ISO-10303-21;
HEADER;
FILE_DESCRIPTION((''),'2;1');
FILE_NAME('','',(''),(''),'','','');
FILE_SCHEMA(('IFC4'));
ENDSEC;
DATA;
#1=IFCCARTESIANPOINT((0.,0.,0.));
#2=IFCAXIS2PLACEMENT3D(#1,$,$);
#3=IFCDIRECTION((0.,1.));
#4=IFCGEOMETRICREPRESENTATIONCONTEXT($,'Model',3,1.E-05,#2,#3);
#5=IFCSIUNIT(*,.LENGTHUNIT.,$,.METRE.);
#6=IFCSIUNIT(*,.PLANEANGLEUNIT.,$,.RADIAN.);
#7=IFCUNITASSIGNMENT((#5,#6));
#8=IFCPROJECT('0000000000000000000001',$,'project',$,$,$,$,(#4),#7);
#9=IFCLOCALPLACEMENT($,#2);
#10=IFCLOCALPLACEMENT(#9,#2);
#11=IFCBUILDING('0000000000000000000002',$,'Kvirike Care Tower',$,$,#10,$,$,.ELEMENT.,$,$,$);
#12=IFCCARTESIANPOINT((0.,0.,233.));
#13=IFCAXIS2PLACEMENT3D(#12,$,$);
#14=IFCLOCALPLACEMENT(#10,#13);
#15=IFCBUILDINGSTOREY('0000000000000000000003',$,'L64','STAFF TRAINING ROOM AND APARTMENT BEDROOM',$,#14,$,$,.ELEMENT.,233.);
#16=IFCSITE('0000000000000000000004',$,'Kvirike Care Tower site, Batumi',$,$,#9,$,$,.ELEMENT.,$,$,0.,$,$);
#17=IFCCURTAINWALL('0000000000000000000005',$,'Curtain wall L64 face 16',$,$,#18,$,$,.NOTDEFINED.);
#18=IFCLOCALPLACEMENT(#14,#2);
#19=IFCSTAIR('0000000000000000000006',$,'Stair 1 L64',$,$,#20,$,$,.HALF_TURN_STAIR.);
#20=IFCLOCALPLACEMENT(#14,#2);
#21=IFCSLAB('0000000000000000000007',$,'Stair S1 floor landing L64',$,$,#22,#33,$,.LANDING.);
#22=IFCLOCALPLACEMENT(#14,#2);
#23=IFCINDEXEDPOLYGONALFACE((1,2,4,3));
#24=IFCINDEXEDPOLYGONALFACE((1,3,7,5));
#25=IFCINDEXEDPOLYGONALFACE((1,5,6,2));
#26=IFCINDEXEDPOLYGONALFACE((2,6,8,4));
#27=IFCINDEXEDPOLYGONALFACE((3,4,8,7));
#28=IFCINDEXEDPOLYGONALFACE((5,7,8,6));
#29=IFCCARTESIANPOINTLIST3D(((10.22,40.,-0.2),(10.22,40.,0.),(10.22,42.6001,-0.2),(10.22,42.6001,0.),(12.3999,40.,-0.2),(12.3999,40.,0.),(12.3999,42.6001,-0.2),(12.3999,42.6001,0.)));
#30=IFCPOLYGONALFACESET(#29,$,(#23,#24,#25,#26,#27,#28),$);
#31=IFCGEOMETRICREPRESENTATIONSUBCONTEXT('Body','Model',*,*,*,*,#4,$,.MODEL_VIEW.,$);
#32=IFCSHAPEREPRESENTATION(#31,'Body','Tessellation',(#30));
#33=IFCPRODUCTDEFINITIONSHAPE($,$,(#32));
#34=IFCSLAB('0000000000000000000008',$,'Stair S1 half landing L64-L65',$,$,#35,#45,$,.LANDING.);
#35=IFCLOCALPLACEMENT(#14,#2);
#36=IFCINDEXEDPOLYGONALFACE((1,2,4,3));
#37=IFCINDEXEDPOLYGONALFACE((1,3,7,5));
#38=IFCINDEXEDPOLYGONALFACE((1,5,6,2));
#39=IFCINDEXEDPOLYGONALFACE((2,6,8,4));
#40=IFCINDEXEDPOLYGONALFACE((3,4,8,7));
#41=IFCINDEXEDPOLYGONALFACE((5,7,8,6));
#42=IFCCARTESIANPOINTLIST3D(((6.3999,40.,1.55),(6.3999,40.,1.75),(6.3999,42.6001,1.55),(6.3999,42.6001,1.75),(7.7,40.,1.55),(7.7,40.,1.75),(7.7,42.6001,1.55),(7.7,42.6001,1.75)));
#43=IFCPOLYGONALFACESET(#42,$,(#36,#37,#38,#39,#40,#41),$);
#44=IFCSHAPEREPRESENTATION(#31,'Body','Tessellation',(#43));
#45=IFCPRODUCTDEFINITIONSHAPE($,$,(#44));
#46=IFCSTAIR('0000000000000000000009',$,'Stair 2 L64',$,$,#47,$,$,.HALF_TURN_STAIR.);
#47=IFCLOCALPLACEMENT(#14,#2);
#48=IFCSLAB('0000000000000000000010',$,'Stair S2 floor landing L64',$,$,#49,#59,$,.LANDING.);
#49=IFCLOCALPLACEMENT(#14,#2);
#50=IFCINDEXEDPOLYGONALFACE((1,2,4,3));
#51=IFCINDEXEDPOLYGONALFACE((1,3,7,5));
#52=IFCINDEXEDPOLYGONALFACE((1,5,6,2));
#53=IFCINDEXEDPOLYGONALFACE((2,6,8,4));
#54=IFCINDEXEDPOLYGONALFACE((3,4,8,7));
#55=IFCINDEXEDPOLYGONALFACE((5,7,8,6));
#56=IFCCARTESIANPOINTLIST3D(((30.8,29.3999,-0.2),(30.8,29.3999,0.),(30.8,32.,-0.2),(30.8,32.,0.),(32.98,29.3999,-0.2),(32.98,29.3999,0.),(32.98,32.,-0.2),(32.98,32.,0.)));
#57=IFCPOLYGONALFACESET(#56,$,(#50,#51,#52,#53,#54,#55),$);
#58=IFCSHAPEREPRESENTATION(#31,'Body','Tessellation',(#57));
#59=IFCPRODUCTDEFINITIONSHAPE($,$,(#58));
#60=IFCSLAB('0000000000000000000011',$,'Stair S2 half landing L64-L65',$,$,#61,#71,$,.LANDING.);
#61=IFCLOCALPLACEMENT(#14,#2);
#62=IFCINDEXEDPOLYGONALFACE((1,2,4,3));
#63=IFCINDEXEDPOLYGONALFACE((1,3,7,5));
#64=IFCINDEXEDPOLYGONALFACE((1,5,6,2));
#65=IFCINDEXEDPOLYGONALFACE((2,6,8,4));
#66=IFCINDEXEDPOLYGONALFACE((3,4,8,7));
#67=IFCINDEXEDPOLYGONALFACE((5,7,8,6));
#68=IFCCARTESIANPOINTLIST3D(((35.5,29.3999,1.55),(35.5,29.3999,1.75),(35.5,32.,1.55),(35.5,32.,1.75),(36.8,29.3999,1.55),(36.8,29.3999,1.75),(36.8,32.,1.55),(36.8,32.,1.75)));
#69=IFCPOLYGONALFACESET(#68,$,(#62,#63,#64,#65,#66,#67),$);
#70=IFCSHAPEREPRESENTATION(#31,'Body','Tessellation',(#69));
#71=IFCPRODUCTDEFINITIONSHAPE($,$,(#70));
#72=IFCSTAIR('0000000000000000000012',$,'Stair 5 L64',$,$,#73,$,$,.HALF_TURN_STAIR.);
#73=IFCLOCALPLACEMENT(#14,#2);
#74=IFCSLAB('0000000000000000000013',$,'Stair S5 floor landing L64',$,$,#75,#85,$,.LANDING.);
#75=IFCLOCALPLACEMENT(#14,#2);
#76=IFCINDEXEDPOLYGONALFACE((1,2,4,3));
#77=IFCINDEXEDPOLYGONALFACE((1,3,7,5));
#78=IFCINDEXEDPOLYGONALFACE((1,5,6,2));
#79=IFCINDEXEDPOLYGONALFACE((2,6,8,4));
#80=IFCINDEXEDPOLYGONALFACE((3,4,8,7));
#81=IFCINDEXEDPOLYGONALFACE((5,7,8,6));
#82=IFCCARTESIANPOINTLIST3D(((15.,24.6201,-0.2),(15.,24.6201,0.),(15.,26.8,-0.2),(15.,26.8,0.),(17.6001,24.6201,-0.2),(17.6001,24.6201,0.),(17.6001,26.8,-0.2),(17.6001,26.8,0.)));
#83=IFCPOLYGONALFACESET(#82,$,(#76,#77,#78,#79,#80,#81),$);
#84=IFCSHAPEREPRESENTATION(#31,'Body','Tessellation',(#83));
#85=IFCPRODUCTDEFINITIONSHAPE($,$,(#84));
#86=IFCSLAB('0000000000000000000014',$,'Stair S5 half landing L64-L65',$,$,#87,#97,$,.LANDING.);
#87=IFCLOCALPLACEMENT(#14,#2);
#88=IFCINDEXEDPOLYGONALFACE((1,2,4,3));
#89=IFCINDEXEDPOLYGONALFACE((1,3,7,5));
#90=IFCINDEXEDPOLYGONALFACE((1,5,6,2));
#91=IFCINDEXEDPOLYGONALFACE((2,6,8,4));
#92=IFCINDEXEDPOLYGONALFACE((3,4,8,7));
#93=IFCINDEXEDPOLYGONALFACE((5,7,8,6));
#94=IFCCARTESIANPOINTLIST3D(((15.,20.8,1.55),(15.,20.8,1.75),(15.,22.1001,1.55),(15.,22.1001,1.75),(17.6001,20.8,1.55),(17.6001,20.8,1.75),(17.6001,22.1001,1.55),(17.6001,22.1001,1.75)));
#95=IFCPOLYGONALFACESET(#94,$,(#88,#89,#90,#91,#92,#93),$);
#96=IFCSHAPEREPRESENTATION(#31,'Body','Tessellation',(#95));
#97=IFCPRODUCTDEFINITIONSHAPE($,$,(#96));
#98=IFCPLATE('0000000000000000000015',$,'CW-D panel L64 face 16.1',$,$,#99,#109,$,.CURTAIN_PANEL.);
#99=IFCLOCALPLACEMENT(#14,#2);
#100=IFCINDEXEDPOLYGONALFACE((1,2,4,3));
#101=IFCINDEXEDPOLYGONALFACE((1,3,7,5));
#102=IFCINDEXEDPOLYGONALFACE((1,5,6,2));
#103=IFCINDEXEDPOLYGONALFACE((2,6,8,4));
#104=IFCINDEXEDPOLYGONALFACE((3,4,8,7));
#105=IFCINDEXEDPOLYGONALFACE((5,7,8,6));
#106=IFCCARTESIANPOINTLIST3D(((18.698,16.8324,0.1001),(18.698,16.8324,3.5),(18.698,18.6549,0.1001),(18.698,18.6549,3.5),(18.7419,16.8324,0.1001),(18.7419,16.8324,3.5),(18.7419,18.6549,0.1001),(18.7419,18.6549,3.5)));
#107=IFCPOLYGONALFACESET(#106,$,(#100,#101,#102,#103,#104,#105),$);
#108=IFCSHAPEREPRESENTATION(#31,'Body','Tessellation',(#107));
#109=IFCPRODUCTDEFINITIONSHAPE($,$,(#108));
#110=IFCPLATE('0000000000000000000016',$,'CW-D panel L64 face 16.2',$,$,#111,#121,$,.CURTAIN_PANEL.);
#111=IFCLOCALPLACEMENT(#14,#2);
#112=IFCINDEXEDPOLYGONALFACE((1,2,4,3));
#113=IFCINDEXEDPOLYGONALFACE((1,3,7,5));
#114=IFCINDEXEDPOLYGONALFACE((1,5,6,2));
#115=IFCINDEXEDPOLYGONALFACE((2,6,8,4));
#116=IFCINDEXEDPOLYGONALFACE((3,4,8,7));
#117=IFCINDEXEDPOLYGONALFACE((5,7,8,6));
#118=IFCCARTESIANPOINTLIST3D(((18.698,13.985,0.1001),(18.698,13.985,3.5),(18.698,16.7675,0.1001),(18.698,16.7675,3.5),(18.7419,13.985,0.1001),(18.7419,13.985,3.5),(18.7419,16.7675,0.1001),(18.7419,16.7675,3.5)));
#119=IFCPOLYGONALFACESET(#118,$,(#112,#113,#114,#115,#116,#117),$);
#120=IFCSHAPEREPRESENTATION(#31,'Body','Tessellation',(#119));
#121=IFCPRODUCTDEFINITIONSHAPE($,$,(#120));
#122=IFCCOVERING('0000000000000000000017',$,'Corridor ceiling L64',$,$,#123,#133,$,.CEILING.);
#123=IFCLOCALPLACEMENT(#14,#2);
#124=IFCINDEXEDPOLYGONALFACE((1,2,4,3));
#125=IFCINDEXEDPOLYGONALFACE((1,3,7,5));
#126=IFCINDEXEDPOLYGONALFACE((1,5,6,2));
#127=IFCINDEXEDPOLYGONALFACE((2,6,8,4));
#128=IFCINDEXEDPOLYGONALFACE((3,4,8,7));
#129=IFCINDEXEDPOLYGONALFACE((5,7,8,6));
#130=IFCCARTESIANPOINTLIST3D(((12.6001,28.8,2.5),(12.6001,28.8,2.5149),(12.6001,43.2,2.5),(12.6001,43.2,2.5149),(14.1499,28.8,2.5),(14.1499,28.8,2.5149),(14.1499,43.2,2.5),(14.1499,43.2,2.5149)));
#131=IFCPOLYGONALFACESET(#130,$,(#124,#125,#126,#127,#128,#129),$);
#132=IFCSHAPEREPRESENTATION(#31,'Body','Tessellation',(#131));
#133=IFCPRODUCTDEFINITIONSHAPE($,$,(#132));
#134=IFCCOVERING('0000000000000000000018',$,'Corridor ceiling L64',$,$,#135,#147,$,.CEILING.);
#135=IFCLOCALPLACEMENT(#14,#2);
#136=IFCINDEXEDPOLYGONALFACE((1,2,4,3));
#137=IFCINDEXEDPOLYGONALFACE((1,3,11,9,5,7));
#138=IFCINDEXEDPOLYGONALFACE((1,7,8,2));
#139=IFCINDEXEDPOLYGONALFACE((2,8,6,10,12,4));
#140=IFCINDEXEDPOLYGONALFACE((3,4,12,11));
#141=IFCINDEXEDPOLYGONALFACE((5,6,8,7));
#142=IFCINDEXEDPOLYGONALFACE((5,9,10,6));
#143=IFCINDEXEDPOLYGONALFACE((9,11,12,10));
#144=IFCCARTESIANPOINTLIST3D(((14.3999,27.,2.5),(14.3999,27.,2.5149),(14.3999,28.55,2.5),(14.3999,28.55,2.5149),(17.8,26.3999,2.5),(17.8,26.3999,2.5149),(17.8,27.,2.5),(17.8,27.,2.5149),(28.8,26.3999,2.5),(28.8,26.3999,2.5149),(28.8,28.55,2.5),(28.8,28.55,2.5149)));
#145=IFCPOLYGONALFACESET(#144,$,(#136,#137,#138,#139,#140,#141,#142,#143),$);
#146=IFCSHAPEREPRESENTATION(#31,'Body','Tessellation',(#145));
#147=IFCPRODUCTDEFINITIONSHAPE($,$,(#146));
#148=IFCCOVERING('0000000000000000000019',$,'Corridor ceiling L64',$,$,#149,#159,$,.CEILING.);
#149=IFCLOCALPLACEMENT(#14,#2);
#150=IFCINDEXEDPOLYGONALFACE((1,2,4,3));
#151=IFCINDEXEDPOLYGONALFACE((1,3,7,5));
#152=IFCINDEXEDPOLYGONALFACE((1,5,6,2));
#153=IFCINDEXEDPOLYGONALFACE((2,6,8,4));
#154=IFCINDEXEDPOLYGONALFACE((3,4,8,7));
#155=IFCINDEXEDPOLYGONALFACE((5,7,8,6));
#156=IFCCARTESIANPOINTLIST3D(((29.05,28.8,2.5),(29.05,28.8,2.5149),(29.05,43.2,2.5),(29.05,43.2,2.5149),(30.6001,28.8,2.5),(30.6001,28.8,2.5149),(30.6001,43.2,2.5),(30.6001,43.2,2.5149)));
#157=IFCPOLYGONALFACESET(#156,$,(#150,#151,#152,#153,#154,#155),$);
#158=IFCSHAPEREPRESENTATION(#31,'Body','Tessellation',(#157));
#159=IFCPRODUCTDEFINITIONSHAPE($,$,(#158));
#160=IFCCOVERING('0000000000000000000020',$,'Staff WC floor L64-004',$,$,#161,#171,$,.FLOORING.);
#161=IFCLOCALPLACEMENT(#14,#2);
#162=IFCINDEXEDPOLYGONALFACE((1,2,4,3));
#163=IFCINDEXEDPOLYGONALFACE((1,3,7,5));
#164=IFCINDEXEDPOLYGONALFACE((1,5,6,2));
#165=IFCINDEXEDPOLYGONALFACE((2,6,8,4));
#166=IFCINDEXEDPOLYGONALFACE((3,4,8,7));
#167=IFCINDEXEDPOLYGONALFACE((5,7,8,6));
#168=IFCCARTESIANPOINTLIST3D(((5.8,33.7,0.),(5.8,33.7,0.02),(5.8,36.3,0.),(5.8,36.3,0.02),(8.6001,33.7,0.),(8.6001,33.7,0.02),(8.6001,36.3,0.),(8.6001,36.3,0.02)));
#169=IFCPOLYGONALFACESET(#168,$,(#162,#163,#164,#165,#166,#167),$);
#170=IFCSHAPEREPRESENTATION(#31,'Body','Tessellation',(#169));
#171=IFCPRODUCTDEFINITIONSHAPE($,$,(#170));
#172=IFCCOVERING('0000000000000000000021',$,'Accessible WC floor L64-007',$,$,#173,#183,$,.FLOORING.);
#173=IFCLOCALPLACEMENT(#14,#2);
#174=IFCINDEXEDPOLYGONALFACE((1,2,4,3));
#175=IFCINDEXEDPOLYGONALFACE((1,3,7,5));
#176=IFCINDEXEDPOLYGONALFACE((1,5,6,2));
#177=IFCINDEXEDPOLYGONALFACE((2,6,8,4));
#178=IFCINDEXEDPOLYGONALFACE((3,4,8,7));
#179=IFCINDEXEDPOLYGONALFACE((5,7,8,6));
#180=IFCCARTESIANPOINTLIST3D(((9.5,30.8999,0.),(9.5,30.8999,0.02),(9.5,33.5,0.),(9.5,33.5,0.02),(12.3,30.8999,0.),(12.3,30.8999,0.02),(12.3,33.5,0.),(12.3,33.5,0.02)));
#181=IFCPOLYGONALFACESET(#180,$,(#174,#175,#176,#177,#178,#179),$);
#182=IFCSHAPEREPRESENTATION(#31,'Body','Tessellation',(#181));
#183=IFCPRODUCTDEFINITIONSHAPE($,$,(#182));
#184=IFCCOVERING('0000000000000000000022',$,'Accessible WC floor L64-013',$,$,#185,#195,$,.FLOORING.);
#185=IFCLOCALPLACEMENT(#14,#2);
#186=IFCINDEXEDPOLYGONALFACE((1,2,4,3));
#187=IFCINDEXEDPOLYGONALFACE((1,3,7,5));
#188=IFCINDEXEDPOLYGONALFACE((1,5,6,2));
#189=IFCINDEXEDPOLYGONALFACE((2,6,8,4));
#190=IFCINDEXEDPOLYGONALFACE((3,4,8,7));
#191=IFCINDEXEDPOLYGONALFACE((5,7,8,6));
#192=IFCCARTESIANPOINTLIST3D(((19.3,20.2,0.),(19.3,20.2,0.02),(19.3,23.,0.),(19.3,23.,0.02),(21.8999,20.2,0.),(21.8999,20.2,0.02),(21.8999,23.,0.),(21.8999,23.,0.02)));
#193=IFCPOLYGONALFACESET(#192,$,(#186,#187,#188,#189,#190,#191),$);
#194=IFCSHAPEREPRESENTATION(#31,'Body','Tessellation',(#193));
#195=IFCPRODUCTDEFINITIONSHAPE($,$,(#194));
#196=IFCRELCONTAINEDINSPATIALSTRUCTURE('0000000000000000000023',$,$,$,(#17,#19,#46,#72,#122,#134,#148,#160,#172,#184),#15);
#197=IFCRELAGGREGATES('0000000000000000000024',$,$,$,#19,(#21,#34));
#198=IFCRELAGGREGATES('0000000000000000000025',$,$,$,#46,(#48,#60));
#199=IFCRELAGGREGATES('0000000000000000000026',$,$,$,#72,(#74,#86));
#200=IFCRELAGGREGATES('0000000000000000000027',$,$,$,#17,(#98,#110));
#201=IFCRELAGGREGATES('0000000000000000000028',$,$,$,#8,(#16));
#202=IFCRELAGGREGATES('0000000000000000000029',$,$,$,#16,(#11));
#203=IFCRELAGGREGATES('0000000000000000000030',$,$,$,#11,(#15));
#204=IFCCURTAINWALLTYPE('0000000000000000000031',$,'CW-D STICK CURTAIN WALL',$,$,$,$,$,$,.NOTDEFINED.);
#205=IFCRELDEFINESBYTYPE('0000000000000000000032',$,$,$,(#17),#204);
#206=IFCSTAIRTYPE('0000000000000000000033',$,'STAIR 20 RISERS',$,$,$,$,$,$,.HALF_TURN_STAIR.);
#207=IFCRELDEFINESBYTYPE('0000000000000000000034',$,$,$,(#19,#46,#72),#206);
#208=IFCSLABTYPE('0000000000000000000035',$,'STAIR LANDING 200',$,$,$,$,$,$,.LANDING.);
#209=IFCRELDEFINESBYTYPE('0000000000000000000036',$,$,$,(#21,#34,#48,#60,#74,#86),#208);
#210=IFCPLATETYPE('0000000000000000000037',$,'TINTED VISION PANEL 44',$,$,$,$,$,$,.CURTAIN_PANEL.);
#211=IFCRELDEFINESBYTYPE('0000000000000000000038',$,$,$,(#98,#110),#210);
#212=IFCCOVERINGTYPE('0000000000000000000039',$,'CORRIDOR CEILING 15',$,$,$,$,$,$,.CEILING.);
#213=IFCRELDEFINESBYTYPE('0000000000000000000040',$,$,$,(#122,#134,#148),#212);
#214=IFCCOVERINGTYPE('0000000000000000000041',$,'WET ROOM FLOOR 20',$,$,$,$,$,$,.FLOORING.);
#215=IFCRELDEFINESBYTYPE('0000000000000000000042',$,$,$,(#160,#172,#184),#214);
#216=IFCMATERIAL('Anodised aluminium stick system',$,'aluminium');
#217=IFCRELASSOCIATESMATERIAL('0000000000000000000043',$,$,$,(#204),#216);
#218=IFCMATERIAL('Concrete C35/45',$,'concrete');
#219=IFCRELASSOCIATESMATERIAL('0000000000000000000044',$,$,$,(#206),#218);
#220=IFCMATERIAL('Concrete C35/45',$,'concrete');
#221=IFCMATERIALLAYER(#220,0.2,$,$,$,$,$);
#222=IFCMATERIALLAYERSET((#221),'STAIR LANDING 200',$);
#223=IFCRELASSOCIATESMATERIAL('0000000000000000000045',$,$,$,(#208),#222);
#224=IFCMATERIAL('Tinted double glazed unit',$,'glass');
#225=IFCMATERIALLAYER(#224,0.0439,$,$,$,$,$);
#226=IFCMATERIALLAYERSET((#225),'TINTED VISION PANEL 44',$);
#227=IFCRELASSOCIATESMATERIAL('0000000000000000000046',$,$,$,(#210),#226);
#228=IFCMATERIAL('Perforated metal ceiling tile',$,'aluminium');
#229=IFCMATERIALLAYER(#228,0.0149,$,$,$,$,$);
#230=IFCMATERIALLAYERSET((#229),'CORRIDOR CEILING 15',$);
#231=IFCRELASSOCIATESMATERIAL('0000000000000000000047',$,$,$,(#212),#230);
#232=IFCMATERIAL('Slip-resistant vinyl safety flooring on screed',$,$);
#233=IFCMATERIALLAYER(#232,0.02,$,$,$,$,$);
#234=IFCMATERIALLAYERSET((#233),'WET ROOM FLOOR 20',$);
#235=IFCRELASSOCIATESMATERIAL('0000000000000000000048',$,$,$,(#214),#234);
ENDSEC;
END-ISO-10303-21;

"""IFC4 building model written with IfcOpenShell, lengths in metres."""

from ifc_helpers import new_model, si_unit, direction, frame, origin, origin_2d, place, context, subcontext, project, spatial, polyline, rectangle, outline, extrude, material, layer, layer_set, type_object, element, aggregate, save


model = new_model("IFC4")

# Units and contexts
model_context = context("Model", 3, precision=1e-05, world=origin(), true_north=direction((0.0, 1.0)))
body_context = subcontext(model_context, "Body", "Model", "MODEL_VIEW")
ifc_project = project(units=[si_unit("LENGTHUNIT", "METRE"), si_unit("PLANEANGLEUNIT", "RADIAN")], contexts=[model_context])

# Site, building, storey
site_placement = place(None, origin())
site = spatial("IfcSite", under=ifc_project, at=site_placement, Name="Kvirike Care Tower site, Batumi", CompositionType="ELEMENT", RefElevation=0.0)
building_placement = place(site_placement, origin())
building = spatial("IfcBuilding", under=site, at=building_placement, Name="Kvirike Care Tower", CompositionType="ELEMENT")
storey_placement = place(building_placement, frame((0.0, 0.0, 233.0)))
storey = spatial("IfcBuildingStorey", under=building, at=storey_placement, Name="L64", Description="STAFF TRAINING ROOM AND APARTMENT BEDROOM", CompositionType="ELEMENT", Elevation=233.0)

# Curtain wall
ifc_material_1 = material(Name="Anodised aluminium stick system", Category="aluminium")
curtain_wall_type = type_object("IfcCurtainWallType", Name="CW-D STICK CURTAIN WALL", PredefinedType="NOTDEFINED", material=ifc_material_1)
curtain_wall_1_placement = place(storey_placement, origin())
curtain_wall_1 = element("IfcCurtainWall", 1, at=curtain_wall_1_placement, inside=storey, type_object=curtain_wall_type, Name="Curtain wall L64 face 16", PredefinedType="NOTDEFINED")

# Stairs, slabs
ifc_material_2 = material(Name="Concrete C35/45", Category="concrete")
stair_type = type_object("IfcStairType", Name="STAIR 20 RISERS", PredefinedType="HALF_TURN_STAIR", material=ifc_material_2)
stair_1_placement = place(storey_placement, origin())
stair_1 = element("IfcStair", 2, at=stair_1_placement, inside=storey, type_object=stair_type, Name="Stair 1 L64", PredefinedType="HALF_TURN_STAIR")
ifc_material_3 = material(Name="Concrete C35/45", Category="concrete")
ifc_layer_1 = layer(ifc_material_3, 0.2)
ifc_layer_set_1 = layer_set([ifc_layer_1], Name="STAIR LANDING 200")
slab_type_1 = type_object("IfcSlabType", Name="STAIR LANDING 200", PredefinedType="LANDING", material=ifc_layer_set_1)
slab_1_placement = place(storey_placement, frame((0.0, 0.0, -0.2)))
slab_1 = element("IfcSlab", 3, at=slab_1_placement, type_object=slab_type_1, Name="Stair S1 floor landing L64", PredefinedType="LANDING", context=body_context, shape_type="SweptSolid", body=[
    extrude(outline(polyline([(10.22, 42.6001), (10.22, 40.0), (12.3999, 40.0), (12.3999, 42.6001), (10.22, 42.6001)])), origin(), (0.0, 0.0, 1.0), 0.2),
])
slab_2_placement = place(storey_placement, frame((0.0, 0.0, 1.55)))
slab_2 = element("IfcSlab", 4, at=slab_2_placement, type_object=slab_type_1, Name="Stair S1 half landing L64-L65", PredefinedType="LANDING", context=body_context, shape_type="SweptSolid", body=[
    extrude(outline(polyline([(6.3999, 42.6001), (6.3999, 40.0), (7.7, 40.0), (7.7, 42.6001), (6.3999, 42.6001)])), origin(), (0.0, 0.0, 1.0), 0.2),
])
aggregate(stair_1, [slab_1, slab_2])
stair_2_placement = place(storey_placement, origin())
stair_2 = element("IfcStair", 5, at=stair_2_placement, inside=storey, type_object=stair_type, Name="Stair 2 L64", PredefinedType="HALF_TURN_STAIR")
slab_3_placement = place(storey_placement, frame((0.0, 0.0, -0.2)))
slab_3 = element("IfcSlab", 6, at=slab_3_placement, type_object=slab_type_1, Name="Stair S2 floor landing L64", PredefinedType="LANDING", context=body_context, shape_type="SweptSolid", body=[
    extrude(outline(polyline([(32.98, 29.3999), (32.98, 32.0), (30.8, 32.0), (30.8, 29.3999), (32.98, 29.3999)])), origin(), (0.0, 0.0, 1.0), 0.2),
])
slab_4_placement = place(storey_placement, frame((0.0, 0.0, 1.55)))
slab_4 = element("IfcSlab", 7, at=slab_4_placement, type_object=slab_type_1, Name="Stair S2 half landing L64-L65", PredefinedType="LANDING", context=body_context, shape_type="SweptSolid", body=[
    extrude(outline(polyline([(36.8, 29.3999), (36.8, 32.0), (35.5, 32.0), (35.5, 29.3999), (36.8, 29.3999)])), origin(), (0.0, 0.0, 1.0), 0.2),
])
aggregate(stair_2, [slab_3, slab_4])
stair_3_placement = place(storey_placement, origin())
stair_3 = element("IfcStair", 8, at=stair_3_placement, inside=storey, type_object=stair_type, Name="Stair 5 L64", PredefinedType="HALF_TURN_STAIR")
slab_5_placement = place(storey_placement, frame((0.0, 0.0, -0.2)))
slab_5 = element("IfcSlab", 9, at=slab_5_placement, type_object=slab_type_1, Name="Stair S5 floor landing L64", PredefinedType="LANDING", context=body_context, shape_type="SweptSolid", body=[
    extrude(outline(polyline([(15.0, 24.6201), (17.6001, 24.6201), (17.6001, 26.8), (15.0, 26.8), (15.0, 24.6201)])), origin(), (0.0, 0.0, 1.0), 0.2),
])
slab_6_placement = place(storey_placement, frame((0.0, 0.0, 1.55)))
slab_6 = element("IfcSlab", 10, at=slab_6_placement, type_object=slab_type_1, Name="Stair S5 half landing L64-L65", PredefinedType="LANDING", context=body_context, shape_type="SweptSolid", body=[
    extrude(outline(polyline([(15.0, 20.8), (17.6001, 20.8), (17.6001, 22.1001), (15.0, 22.1001), (15.0, 20.8)])), origin(), (0.0, 0.0, 1.0), 0.2),
])
aggregate(stair_3, [slab_5, slab_6])

# Plates
ifc_material_4 = material(Name="Tinted double glazed unit", Category="glass")
ifc_layer_2 = layer(ifc_material_4, 0.0439)
ifc_layer_set_2 = layer_set([ifc_layer_2], Name="TINTED VISION PANEL 44")
plate_type = type_object("IfcPlateType", Name="TINTED VISION PANEL 44", PredefinedType="CURTAIN_PANEL", material=ifc_layer_set_2)
plate_1_placement = place(storey_placement, frame((18.72, 17.7437, 0.1001), z_axis=(0.0, 0.0, 1.0), x_axis=(0.0, -1.0, 0.0)))
plate_1 = element("IfcPlate", 11, at=plate_1_placement, type_object=plate_type, Name="CW-D panel L64 face 16.1", PredefinedType="CURTAIN_PANEL", context=body_context, shape_type="SweptSolid", body=[
    extrude(rectangle(XDim=1.8225, YDim=0.0439, at=origin_2d()), origin(), (0.0, 0.0, 1.0), 3.3999),
])
plate_2_placement = place(storey_placement, frame((18.72, 15.3762, 0.1001), z_axis=(0.0, 0.0, 1.0), x_axis=(0.0, -1.0, 0.0)))
plate_2 = element("IfcPlate", 12, at=plate_2_placement, type_object=plate_type, Name="CW-D panel L64 face 16.2", PredefinedType="CURTAIN_PANEL", context=body_context, shape_type="SweptSolid", body=[
    extrude(rectangle(XDim=2.7825, YDim=0.0439, at=origin_2d()), origin(), (0.0, 0.0, 1.0), 3.3999),
])
aggregate(curtain_wall_1, [plate_1, plate_2])

# Coverings
ifc_material_5 = material(Name="Perforated metal ceiling tile", Category="aluminium")
ifc_layer_3 = layer(ifc_material_5, 0.0149)
ifc_layer_set_3 = layer_set([ifc_layer_3], Name="CORRIDOR CEILING 15")
covering_type_1 = type_object("IfcCoveringType", Name="CORRIDOR CEILING 15", PredefinedType="CEILING", material=ifc_layer_set_3)
covering_1_placement = place(storey_placement, frame((0.0, 0.0, 2.5)))
element("IfcCovering", 13, at=covering_1_placement, inside=storey, type_object=covering_type_1, Name="Corridor ceiling L64", PredefinedType="CEILING", context=body_context, shape_type="SweptSolid", body=[
    extrude(outline(polyline([(12.6001, 43.2), (14.1499, 43.2), (14.1499, 28.8), (12.6001, 28.8), (12.6001, 43.2)])), origin(), (0.0, 0.0, 1.0), 0.0149),
])
covering_2_placement = place(storey_placement, frame((0.0, 0.0, 2.5)))
element("IfcCovering", 14, at=covering_2_placement, inside=storey, type_object=covering_type_1, Name="Corridor ceiling L64", PredefinedType="CEILING", context=body_context, shape_type="SweptSolid", body=[
    extrude(outline(polyline([(14.3999, 28.55), (28.8, 28.55), (28.8, 26.3999), (17.8, 26.3999), (17.8, 27.0), (14.3999, 27.0), (14.3999, 28.55)])), origin(), (0.0, 0.0, 1.0), 0.0149),
])
covering_3_placement = place(storey_placement, frame((0.0, 0.0, 2.5)))
element("IfcCovering", 15, at=covering_3_placement, inside=storey, type_object=covering_type_1, Name="Corridor ceiling L64", PredefinedType="CEILING", context=body_context, shape_type="SweptSolid", body=[
    extrude(outline(polyline([(30.6001, 28.8), (29.05, 28.8), (29.05, 43.2), (30.6001, 43.2), (30.6001, 28.8)])), origin(), (0.0, 0.0, 1.0), 0.0149),
])
ifc_material_6 = material(Name="Slip-resistant vinyl safety flooring on screed")
ifc_layer_4 = layer(ifc_material_6, 0.02)
ifc_layer_set_4 = layer_set([ifc_layer_4], Name="WET ROOM FLOOR 20")
covering_type_2 = type_object("IfcCoveringType", Name="WET ROOM FLOOR 20", PredefinedType="FLOORING", material=ifc_layer_set_4)
covering_4_placement = place(storey_placement, origin())
element("IfcCovering", 16, at=covering_4_placement, inside=storey, type_object=covering_type_2, Name="Staff WC floor L64-004", PredefinedType="FLOORING", context=body_context, shape_type="SweptSolid", body=[
    extrude(outline(polyline([(5.8, 36.3), (8.6001, 36.3), (8.6001, 33.7), (5.8, 33.7), (5.8, 36.3)])), origin(), (0.0, 0.0, 1.0), 0.02),
])
covering_5_placement = place(storey_placement, origin())
element("IfcCovering", 17, at=covering_5_placement, inside=storey, type_object=covering_type_2, Name="Accessible WC floor L64-007", PredefinedType="FLOORING", context=body_context, shape_type="SweptSolid", body=[
    extrude(outline(polyline([(9.5, 33.5), (12.3, 33.5), (12.3, 30.8999), (9.5, 30.8999), (9.5, 33.5)])), origin(), (0.0, 0.0, 1.0), 0.02),
])
covering_6_placement = place(storey_placement, origin())
element("IfcCovering", 18, at=covering_6_placement, inside=storey, type_object=covering_type_2, Name="Accessible WC floor L64-013", PredefinedType="FLOORING", context=body_context, shape_type="SweptSolid", body=[
    extrude(outline(polyline([(19.3, 20.2), (19.3, 23.0), (21.8999, 23.0), (21.8999, 20.2), (19.3, 20.2)])), origin(), (0.0, 0.0, 1.0), 0.02),
])

save(model, "model.ifc")
